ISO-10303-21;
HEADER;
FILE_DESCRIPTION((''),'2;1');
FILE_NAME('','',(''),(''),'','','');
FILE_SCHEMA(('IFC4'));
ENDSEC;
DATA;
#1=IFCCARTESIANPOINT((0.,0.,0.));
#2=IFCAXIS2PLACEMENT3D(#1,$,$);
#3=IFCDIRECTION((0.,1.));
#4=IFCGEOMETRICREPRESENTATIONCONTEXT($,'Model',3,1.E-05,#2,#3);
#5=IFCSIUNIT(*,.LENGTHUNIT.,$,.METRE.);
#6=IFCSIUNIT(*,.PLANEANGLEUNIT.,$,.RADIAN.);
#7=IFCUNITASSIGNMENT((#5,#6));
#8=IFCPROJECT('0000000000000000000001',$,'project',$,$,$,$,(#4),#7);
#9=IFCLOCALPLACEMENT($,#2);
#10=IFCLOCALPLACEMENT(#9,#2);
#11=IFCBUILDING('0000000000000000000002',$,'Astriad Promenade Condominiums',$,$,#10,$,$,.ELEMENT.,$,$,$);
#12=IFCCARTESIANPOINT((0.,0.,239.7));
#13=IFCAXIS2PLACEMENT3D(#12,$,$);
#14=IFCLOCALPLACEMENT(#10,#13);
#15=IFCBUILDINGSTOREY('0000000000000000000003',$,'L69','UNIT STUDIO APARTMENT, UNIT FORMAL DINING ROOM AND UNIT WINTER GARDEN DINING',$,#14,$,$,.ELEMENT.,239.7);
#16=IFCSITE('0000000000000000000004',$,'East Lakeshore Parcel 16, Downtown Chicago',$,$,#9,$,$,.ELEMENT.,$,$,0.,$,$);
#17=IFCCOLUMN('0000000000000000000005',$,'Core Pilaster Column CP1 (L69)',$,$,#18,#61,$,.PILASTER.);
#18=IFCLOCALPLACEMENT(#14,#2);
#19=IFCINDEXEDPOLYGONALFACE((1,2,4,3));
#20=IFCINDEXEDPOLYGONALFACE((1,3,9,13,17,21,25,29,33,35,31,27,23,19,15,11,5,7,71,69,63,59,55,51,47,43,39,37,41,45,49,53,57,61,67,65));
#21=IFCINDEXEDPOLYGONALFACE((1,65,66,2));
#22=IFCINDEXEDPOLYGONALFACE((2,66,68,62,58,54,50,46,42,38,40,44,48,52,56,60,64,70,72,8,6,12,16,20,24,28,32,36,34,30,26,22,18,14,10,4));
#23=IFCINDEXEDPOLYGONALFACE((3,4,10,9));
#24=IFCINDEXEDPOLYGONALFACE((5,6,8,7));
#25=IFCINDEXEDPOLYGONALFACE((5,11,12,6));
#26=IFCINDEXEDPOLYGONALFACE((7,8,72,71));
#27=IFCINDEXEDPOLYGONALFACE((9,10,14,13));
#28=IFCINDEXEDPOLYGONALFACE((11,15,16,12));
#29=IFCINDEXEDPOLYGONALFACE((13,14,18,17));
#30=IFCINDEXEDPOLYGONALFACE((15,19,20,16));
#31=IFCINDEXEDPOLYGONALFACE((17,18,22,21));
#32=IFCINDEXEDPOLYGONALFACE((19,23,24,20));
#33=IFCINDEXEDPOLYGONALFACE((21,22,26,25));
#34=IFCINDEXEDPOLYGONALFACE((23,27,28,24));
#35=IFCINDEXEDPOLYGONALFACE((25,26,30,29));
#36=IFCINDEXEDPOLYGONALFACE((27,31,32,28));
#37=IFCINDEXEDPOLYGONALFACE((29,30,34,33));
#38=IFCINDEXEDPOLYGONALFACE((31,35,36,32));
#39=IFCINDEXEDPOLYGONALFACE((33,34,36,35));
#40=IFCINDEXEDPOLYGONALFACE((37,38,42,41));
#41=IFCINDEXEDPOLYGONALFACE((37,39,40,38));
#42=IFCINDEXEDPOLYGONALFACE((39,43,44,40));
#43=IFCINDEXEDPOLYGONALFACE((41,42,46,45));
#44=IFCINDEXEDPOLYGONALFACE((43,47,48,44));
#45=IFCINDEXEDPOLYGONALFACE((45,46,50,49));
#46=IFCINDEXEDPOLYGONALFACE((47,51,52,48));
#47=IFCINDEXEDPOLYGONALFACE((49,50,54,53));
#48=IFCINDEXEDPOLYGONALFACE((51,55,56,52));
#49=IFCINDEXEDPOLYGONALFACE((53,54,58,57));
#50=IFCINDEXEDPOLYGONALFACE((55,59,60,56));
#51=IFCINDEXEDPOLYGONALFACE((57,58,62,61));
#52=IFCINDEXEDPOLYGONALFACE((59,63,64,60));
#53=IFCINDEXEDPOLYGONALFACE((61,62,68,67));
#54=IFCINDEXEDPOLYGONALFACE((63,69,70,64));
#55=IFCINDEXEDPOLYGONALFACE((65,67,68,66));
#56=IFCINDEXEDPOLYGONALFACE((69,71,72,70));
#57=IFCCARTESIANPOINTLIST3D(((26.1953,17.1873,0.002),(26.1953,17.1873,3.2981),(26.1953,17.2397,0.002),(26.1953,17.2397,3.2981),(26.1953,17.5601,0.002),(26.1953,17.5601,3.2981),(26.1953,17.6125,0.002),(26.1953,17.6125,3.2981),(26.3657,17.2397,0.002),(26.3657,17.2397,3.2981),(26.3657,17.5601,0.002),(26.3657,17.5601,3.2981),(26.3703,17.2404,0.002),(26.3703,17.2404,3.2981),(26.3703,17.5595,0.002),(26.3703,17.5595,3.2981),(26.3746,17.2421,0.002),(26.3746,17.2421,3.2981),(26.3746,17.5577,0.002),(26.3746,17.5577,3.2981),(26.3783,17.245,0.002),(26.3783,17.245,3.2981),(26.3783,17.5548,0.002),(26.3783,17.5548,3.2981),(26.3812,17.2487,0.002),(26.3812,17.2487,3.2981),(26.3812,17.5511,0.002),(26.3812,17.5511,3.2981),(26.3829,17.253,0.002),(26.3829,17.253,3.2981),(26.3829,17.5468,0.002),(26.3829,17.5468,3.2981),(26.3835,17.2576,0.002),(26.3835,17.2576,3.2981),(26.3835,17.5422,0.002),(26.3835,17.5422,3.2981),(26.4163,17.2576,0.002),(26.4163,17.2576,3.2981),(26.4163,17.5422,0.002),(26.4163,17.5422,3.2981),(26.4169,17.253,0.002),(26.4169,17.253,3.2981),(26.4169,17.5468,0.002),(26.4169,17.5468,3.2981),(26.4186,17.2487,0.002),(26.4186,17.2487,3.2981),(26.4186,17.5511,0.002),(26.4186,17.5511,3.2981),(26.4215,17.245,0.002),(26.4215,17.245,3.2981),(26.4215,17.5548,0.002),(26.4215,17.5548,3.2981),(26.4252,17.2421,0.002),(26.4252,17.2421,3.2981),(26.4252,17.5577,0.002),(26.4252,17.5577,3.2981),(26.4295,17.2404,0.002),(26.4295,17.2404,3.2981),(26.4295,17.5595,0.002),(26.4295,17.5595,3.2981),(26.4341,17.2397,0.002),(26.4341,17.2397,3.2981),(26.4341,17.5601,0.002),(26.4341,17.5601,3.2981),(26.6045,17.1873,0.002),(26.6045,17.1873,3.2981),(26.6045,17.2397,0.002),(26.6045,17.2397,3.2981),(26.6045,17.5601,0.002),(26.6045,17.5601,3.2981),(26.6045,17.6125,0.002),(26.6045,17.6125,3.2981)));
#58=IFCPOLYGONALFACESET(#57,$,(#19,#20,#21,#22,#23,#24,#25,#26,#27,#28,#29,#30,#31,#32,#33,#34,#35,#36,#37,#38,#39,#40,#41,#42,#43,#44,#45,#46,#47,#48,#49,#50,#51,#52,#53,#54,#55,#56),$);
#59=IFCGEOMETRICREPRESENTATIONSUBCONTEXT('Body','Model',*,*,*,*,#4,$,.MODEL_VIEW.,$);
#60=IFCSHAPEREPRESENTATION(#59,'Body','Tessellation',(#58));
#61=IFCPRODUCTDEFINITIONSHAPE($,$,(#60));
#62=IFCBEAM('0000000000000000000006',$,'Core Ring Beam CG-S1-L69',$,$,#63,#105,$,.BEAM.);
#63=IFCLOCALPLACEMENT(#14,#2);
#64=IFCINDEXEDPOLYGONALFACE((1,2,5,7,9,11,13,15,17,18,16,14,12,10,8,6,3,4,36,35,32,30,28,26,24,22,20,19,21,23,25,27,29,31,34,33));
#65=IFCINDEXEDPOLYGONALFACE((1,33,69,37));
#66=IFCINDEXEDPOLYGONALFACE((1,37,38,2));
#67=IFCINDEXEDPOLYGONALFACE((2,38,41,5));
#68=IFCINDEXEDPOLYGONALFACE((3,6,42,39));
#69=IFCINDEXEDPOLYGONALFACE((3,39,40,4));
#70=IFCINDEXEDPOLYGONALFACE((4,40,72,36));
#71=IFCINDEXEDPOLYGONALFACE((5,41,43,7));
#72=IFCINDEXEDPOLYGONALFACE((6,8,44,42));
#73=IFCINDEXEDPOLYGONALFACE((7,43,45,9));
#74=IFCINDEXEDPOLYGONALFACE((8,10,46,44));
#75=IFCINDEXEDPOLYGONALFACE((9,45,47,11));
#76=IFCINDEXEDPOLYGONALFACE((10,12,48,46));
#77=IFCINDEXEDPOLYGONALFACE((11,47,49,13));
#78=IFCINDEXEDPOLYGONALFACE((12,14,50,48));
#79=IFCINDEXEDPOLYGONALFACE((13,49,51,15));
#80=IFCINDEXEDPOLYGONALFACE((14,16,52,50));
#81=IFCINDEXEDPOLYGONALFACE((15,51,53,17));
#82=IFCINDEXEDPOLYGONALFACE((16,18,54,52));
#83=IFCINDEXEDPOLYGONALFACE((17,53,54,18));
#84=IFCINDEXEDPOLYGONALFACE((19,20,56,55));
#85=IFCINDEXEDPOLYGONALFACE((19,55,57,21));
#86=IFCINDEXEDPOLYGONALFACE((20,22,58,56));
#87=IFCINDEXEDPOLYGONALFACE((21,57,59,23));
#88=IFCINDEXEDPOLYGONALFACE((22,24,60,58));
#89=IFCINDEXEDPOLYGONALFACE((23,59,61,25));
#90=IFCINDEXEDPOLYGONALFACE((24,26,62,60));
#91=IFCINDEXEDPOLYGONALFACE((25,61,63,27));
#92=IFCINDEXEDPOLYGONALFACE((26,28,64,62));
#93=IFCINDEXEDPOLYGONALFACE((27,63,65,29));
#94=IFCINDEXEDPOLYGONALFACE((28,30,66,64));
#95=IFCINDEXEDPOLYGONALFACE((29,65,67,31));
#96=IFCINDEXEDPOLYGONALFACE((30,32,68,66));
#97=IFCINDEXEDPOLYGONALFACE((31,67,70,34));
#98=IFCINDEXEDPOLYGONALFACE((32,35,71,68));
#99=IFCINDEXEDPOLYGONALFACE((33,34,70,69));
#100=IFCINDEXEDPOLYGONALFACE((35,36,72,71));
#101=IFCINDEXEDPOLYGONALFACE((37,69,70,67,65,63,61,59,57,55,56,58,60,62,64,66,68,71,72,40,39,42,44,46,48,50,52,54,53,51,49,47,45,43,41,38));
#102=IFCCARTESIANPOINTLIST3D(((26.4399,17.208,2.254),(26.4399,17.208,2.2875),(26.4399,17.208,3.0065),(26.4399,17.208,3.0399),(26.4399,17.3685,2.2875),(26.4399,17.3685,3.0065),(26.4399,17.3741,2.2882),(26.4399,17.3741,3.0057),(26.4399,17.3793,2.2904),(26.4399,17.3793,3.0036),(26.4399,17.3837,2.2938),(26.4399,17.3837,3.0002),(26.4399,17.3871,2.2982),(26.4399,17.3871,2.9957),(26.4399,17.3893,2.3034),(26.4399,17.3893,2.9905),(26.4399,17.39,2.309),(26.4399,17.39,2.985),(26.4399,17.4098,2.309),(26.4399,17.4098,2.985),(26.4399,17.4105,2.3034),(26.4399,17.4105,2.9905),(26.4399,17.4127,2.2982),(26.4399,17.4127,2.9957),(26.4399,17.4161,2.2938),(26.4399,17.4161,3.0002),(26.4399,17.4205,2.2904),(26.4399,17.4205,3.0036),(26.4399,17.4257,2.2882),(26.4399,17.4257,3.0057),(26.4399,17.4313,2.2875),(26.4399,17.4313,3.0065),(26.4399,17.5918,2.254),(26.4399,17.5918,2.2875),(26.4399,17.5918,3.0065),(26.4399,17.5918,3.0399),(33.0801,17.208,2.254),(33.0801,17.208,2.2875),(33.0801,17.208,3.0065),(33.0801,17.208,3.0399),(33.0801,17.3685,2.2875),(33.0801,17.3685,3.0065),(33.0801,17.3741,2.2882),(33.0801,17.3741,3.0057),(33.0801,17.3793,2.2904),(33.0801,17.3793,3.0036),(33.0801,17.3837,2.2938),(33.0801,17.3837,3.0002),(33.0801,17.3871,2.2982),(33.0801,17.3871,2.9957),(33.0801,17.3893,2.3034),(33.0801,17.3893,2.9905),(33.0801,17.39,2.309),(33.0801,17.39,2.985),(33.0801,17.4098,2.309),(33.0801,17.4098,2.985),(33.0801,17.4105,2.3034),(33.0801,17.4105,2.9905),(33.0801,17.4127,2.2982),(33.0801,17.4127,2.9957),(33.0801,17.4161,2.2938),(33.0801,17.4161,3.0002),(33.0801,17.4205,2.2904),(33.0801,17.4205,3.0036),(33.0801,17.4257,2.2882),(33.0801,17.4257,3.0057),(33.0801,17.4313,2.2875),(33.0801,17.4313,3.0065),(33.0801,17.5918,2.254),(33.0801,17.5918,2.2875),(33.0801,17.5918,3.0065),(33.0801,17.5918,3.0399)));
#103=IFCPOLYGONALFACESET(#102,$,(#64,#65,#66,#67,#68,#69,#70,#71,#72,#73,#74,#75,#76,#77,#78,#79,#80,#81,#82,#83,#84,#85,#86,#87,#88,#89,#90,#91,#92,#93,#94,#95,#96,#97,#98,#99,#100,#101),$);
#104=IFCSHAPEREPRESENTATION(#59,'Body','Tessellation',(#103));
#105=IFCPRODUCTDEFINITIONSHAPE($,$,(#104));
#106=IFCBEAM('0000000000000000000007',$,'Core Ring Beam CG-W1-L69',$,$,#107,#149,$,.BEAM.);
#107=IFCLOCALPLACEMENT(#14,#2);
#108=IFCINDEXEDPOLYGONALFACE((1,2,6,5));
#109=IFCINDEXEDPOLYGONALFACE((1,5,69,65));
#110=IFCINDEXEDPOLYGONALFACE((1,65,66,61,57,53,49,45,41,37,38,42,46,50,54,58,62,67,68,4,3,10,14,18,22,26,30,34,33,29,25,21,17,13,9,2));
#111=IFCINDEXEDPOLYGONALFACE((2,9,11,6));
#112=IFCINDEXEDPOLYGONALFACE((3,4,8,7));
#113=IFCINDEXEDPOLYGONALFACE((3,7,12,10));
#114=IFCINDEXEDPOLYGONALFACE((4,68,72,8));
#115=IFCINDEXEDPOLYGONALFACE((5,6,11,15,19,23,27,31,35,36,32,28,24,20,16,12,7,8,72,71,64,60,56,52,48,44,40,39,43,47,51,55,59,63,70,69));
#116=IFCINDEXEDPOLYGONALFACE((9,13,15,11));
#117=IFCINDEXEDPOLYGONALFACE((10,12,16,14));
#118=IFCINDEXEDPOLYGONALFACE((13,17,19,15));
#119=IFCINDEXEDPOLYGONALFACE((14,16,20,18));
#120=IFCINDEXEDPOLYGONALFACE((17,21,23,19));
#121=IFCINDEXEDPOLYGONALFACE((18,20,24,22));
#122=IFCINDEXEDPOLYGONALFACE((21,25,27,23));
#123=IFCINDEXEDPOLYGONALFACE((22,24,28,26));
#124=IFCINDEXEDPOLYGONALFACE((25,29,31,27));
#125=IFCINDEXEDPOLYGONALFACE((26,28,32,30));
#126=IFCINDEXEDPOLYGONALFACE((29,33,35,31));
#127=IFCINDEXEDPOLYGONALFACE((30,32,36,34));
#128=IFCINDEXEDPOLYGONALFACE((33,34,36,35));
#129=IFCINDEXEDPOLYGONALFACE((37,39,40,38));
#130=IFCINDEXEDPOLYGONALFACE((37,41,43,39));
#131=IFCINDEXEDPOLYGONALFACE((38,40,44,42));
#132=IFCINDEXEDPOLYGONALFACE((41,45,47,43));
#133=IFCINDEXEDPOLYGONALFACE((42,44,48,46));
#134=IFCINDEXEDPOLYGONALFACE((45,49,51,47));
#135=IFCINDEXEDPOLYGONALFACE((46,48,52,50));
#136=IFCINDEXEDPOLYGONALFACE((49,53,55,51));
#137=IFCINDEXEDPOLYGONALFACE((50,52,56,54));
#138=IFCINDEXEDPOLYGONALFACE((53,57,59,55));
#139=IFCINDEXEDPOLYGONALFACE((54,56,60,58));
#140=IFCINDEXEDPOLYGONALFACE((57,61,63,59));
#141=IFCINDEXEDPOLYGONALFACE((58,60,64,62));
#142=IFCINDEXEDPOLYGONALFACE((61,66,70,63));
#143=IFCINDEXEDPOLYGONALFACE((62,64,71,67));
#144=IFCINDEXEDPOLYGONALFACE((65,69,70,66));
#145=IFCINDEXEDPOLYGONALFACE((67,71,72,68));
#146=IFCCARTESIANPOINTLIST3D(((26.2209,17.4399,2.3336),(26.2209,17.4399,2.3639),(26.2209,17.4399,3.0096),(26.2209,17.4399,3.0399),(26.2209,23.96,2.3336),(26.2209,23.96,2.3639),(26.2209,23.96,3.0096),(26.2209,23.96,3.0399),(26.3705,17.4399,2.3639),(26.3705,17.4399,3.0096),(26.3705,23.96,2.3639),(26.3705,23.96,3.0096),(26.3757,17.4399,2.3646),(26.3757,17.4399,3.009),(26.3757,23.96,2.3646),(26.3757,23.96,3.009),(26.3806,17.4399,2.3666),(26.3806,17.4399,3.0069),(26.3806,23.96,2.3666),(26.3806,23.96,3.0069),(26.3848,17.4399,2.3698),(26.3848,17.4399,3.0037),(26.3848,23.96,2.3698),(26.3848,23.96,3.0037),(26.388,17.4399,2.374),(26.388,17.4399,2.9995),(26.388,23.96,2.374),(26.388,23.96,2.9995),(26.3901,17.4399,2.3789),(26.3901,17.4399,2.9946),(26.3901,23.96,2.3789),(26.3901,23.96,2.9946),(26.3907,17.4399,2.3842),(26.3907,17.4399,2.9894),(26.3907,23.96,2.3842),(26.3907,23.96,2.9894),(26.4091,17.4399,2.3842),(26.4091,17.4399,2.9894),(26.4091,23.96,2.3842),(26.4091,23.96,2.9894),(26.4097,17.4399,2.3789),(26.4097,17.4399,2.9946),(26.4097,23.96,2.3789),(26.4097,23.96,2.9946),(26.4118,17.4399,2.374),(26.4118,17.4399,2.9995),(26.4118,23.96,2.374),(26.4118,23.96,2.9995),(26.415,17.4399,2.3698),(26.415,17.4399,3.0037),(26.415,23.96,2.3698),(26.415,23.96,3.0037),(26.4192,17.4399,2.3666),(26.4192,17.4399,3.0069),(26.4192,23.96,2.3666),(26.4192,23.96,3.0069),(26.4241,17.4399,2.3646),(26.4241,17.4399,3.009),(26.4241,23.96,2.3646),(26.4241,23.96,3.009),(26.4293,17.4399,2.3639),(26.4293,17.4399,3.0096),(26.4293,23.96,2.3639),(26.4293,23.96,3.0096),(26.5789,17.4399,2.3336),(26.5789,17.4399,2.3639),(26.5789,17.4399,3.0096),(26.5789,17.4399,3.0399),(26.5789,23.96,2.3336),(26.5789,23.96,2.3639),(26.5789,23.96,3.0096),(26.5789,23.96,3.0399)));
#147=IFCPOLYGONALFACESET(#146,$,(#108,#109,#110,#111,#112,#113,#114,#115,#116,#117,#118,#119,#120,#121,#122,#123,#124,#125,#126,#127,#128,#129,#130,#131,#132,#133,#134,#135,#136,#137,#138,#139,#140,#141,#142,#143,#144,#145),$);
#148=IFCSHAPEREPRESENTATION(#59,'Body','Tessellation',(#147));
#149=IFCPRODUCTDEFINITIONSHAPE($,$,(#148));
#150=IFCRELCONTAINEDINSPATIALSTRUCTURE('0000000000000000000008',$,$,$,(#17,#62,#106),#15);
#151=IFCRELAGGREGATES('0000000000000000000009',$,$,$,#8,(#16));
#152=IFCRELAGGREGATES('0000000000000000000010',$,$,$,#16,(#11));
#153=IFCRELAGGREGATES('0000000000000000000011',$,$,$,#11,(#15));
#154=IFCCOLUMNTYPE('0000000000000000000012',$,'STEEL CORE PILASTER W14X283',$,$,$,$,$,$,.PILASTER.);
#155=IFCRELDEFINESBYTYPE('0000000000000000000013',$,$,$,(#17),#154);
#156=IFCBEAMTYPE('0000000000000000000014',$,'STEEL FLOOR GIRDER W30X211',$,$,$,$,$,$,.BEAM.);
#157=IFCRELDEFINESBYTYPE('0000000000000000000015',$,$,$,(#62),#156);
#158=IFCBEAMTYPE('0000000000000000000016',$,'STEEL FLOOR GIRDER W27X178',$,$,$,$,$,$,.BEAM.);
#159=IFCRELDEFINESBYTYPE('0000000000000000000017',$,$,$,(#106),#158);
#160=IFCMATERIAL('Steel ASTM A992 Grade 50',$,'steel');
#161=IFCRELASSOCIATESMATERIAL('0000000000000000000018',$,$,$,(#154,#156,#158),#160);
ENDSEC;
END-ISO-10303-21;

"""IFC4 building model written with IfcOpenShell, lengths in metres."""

from ifc_helpers import new_model, si_unit, direction, frame, origin, origin_2d, place, context, subcontext, project, spatial, i_section, extrude, source, transform, mapped, material, material_profile, profile_set, type_object, type_shapes, element, save


model = new_model("IFC4")

# Units and contexts
model_context = context("Model", 3, precision=1e-05, world=origin(), true_north=direction((0.0, 1.0)))
body_context = subcontext(model_context, "Body", "Model", "MODEL_VIEW")
ifc_project = project(units=[si_unit("LENGTHUNIT", "METRE"), si_unit("PLANEANGLEUNIT", "RADIAN")], contexts=[model_context])

# Site, building, storey
site_placement = place(None, origin())
site = spatial("IfcSite", under=ifc_project, at=site_placement, Name="East Lakeshore Parcel 16, Downtown Chicago", CompositionType="ELEMENT", RefElevation=0.0)
building_placement = place(site_placement, origin())
building = spatial("IfcBuilding", under=site, at=building_placement, Name="Astriad Promenade Condominiums", CompositionType="ELEMENT")
storey_placement = place(building_placement, frame((0.0, 0.0, 239.7)))
storey = spatial("IfcBuildingStorey", under=building, at=storey_placement, Name="L69", Description="UNIT STUDIO APARTMENT, UNIT FORMAL DINING ROOM AND UNIT WINTER GARDEN DINING", CompositionType="ELEMENT", Elevation=239.7)

# Column
ifc_material_1 = material(Name="Steel ASTM A992 Grade 50", Category="steel")
ifc_material_profile_1 = material_profile(ifc_material_1, i_section(OverallWidth=0.4092, OverallDepth=0.4253, WebThickness=0.0327, FlangeThickness=0.0525, FilletRadius=0.0178, at=origin_2d()), Name="W14X283")
ifc_profile_set_1 = profile_set([ifc_material_profile_1], Name="Steel ASTM A992 Grade 50")
column_type = type_object("IfcColumnType", Name="STEEL CORE PILASTER W14X283", PredefinedType="PILASTER", material=ifc_profile_set_1)
shared_shape_1 = source(origin(), body_context, "Body", "SweptSolid", [
    extrude(i_section(OverallWidth=0.4092, OverallDepth=0.4253, WebThickness=0.0327, FlangeThickness=0.0525, FilletRadius=0.0178, at=origin_2d()), origin(), (0.0, 0.0, 1.0), 3.2961),
])
type_shapes(column_type, [shared_shape_1])
column_placement = place(storey_placement, frame((26.3999, 17.3999, 0.002), z_axis=(0.0, 0.0, 1.0), x_axis=(1.0, 0.0, 0.0)))
element("IfcColumn", 1, at=column_placement, inside=storey, type_object=column_type, Name="Core Pilaster Column CP1 (L69)", PredefinedType="PILASTER", context=body_context, shape_type="MappedRepresentation", body=[
    mapped(shared_shape_1, transform((0.0, 0.0, 0.0), scale=1.0)),
])

# Beams
ifc_material_profile_2 = material_profile(ifc_material_1, i_section(OverallWidth=0.3838, OverallDepth=0.7859, WebThickness=0.0198, FlangeThickness=0.0334, FilletRadius=0.0215, at=origin_2d()), Name="W30X211")
ifc_profile_set_2 = profile_set([ifc_material_profile_2], Name="Steel ASTM A992 Grade 50")
beam_type_1 = type_object("IfcBeamType", Name="STEEL FLOOR GIRDER W30X211", PredefinedType="BEAM", material=ifc_profile_set_2)
shared_shape_2 = source(origin(), body_context, "Body", "SweptSolid", [
    extrude(i_section(OverallWidth=0.3838, OverallDepth=0.7859, WebThickness=0.0198, FlangeThickness=0.0334, FilletRadius=0.0215, at=origin_2d()), origin(), (0.0, 0.0, 1.0), 6.6401),
])
type_shapes(beam_type_1, [shared_shape_2])
beam_1_placement = place(storey_placement, frame((26.4399, 17.3999, 2.647), z_axis=(1.0, 0.0, 0.0), x_axis=(0.0, 1.0, 0.0)))
element("IfcBeam", 2, at=beam_1_placement, inside=storey, type_object=beam_type_1, Name="Core Ring Beam CG-S1-L69", PredefinedType="BEAM", context=body_context, shape_type="MappedRepresentation", body=[
    mapped(shared_shape_2, transform((0.0, 0.0, 0.0), scale=1.0)),
])
ifc_material_profile_3 = material_profile(ifc_material_1, i_section(OverallWidth=0.3579, OverallDepth=0.7063, WebThickness=0.0183, FlangeThickness=0.0303, FilletRadius=0.0203, at=origin_2d()), Name="W27X178")
ifc_profile_set_3 = profile_set([ifc_material_profile_3], Name="Steel ASTM A992 Grade 50")
beam_type_2 = type_object("IfcBeamType", Name="STEEL FLOOR GIRDER W27X178", PredefinedType="BEAM", material=ifc_profile_set_3)
shared_shape_3 = source(origin(), body_context, "Body", "SweptSolid", [
    extrude(i_section(OverallWidth=0.3579, OverallDepth=0.7063, WebThickness=0.0183, FlangeThickness=0.0303, FilletRadius=0.0203, at=origin_2d()), origin(), (0.0, 0.0, 1.0), 6.52),
])
type_shapes(beam_type_2, [shared_shape_3])
beam_2_placement = place(storey_placement, frame((26.3999, 17.4399, 2.6868), z_axis=(0.0, 1.0, 0.0), x_axis=(-1.0, 0.0, 0.0)))
element("IfcBeam", 3, at=beam_2_placement, inside=storey, type_object=beam_type_2, Name="Core Ring Beam CG-W1-L69", PredefinedType="BEAM", context=body_context, shape_type="MappedRepresentation", body=[
    mapped(shared_shape_3, transform((0.0, 0.0, 0.0), scale=1.0)),
])

save(model, "model.ifc")
